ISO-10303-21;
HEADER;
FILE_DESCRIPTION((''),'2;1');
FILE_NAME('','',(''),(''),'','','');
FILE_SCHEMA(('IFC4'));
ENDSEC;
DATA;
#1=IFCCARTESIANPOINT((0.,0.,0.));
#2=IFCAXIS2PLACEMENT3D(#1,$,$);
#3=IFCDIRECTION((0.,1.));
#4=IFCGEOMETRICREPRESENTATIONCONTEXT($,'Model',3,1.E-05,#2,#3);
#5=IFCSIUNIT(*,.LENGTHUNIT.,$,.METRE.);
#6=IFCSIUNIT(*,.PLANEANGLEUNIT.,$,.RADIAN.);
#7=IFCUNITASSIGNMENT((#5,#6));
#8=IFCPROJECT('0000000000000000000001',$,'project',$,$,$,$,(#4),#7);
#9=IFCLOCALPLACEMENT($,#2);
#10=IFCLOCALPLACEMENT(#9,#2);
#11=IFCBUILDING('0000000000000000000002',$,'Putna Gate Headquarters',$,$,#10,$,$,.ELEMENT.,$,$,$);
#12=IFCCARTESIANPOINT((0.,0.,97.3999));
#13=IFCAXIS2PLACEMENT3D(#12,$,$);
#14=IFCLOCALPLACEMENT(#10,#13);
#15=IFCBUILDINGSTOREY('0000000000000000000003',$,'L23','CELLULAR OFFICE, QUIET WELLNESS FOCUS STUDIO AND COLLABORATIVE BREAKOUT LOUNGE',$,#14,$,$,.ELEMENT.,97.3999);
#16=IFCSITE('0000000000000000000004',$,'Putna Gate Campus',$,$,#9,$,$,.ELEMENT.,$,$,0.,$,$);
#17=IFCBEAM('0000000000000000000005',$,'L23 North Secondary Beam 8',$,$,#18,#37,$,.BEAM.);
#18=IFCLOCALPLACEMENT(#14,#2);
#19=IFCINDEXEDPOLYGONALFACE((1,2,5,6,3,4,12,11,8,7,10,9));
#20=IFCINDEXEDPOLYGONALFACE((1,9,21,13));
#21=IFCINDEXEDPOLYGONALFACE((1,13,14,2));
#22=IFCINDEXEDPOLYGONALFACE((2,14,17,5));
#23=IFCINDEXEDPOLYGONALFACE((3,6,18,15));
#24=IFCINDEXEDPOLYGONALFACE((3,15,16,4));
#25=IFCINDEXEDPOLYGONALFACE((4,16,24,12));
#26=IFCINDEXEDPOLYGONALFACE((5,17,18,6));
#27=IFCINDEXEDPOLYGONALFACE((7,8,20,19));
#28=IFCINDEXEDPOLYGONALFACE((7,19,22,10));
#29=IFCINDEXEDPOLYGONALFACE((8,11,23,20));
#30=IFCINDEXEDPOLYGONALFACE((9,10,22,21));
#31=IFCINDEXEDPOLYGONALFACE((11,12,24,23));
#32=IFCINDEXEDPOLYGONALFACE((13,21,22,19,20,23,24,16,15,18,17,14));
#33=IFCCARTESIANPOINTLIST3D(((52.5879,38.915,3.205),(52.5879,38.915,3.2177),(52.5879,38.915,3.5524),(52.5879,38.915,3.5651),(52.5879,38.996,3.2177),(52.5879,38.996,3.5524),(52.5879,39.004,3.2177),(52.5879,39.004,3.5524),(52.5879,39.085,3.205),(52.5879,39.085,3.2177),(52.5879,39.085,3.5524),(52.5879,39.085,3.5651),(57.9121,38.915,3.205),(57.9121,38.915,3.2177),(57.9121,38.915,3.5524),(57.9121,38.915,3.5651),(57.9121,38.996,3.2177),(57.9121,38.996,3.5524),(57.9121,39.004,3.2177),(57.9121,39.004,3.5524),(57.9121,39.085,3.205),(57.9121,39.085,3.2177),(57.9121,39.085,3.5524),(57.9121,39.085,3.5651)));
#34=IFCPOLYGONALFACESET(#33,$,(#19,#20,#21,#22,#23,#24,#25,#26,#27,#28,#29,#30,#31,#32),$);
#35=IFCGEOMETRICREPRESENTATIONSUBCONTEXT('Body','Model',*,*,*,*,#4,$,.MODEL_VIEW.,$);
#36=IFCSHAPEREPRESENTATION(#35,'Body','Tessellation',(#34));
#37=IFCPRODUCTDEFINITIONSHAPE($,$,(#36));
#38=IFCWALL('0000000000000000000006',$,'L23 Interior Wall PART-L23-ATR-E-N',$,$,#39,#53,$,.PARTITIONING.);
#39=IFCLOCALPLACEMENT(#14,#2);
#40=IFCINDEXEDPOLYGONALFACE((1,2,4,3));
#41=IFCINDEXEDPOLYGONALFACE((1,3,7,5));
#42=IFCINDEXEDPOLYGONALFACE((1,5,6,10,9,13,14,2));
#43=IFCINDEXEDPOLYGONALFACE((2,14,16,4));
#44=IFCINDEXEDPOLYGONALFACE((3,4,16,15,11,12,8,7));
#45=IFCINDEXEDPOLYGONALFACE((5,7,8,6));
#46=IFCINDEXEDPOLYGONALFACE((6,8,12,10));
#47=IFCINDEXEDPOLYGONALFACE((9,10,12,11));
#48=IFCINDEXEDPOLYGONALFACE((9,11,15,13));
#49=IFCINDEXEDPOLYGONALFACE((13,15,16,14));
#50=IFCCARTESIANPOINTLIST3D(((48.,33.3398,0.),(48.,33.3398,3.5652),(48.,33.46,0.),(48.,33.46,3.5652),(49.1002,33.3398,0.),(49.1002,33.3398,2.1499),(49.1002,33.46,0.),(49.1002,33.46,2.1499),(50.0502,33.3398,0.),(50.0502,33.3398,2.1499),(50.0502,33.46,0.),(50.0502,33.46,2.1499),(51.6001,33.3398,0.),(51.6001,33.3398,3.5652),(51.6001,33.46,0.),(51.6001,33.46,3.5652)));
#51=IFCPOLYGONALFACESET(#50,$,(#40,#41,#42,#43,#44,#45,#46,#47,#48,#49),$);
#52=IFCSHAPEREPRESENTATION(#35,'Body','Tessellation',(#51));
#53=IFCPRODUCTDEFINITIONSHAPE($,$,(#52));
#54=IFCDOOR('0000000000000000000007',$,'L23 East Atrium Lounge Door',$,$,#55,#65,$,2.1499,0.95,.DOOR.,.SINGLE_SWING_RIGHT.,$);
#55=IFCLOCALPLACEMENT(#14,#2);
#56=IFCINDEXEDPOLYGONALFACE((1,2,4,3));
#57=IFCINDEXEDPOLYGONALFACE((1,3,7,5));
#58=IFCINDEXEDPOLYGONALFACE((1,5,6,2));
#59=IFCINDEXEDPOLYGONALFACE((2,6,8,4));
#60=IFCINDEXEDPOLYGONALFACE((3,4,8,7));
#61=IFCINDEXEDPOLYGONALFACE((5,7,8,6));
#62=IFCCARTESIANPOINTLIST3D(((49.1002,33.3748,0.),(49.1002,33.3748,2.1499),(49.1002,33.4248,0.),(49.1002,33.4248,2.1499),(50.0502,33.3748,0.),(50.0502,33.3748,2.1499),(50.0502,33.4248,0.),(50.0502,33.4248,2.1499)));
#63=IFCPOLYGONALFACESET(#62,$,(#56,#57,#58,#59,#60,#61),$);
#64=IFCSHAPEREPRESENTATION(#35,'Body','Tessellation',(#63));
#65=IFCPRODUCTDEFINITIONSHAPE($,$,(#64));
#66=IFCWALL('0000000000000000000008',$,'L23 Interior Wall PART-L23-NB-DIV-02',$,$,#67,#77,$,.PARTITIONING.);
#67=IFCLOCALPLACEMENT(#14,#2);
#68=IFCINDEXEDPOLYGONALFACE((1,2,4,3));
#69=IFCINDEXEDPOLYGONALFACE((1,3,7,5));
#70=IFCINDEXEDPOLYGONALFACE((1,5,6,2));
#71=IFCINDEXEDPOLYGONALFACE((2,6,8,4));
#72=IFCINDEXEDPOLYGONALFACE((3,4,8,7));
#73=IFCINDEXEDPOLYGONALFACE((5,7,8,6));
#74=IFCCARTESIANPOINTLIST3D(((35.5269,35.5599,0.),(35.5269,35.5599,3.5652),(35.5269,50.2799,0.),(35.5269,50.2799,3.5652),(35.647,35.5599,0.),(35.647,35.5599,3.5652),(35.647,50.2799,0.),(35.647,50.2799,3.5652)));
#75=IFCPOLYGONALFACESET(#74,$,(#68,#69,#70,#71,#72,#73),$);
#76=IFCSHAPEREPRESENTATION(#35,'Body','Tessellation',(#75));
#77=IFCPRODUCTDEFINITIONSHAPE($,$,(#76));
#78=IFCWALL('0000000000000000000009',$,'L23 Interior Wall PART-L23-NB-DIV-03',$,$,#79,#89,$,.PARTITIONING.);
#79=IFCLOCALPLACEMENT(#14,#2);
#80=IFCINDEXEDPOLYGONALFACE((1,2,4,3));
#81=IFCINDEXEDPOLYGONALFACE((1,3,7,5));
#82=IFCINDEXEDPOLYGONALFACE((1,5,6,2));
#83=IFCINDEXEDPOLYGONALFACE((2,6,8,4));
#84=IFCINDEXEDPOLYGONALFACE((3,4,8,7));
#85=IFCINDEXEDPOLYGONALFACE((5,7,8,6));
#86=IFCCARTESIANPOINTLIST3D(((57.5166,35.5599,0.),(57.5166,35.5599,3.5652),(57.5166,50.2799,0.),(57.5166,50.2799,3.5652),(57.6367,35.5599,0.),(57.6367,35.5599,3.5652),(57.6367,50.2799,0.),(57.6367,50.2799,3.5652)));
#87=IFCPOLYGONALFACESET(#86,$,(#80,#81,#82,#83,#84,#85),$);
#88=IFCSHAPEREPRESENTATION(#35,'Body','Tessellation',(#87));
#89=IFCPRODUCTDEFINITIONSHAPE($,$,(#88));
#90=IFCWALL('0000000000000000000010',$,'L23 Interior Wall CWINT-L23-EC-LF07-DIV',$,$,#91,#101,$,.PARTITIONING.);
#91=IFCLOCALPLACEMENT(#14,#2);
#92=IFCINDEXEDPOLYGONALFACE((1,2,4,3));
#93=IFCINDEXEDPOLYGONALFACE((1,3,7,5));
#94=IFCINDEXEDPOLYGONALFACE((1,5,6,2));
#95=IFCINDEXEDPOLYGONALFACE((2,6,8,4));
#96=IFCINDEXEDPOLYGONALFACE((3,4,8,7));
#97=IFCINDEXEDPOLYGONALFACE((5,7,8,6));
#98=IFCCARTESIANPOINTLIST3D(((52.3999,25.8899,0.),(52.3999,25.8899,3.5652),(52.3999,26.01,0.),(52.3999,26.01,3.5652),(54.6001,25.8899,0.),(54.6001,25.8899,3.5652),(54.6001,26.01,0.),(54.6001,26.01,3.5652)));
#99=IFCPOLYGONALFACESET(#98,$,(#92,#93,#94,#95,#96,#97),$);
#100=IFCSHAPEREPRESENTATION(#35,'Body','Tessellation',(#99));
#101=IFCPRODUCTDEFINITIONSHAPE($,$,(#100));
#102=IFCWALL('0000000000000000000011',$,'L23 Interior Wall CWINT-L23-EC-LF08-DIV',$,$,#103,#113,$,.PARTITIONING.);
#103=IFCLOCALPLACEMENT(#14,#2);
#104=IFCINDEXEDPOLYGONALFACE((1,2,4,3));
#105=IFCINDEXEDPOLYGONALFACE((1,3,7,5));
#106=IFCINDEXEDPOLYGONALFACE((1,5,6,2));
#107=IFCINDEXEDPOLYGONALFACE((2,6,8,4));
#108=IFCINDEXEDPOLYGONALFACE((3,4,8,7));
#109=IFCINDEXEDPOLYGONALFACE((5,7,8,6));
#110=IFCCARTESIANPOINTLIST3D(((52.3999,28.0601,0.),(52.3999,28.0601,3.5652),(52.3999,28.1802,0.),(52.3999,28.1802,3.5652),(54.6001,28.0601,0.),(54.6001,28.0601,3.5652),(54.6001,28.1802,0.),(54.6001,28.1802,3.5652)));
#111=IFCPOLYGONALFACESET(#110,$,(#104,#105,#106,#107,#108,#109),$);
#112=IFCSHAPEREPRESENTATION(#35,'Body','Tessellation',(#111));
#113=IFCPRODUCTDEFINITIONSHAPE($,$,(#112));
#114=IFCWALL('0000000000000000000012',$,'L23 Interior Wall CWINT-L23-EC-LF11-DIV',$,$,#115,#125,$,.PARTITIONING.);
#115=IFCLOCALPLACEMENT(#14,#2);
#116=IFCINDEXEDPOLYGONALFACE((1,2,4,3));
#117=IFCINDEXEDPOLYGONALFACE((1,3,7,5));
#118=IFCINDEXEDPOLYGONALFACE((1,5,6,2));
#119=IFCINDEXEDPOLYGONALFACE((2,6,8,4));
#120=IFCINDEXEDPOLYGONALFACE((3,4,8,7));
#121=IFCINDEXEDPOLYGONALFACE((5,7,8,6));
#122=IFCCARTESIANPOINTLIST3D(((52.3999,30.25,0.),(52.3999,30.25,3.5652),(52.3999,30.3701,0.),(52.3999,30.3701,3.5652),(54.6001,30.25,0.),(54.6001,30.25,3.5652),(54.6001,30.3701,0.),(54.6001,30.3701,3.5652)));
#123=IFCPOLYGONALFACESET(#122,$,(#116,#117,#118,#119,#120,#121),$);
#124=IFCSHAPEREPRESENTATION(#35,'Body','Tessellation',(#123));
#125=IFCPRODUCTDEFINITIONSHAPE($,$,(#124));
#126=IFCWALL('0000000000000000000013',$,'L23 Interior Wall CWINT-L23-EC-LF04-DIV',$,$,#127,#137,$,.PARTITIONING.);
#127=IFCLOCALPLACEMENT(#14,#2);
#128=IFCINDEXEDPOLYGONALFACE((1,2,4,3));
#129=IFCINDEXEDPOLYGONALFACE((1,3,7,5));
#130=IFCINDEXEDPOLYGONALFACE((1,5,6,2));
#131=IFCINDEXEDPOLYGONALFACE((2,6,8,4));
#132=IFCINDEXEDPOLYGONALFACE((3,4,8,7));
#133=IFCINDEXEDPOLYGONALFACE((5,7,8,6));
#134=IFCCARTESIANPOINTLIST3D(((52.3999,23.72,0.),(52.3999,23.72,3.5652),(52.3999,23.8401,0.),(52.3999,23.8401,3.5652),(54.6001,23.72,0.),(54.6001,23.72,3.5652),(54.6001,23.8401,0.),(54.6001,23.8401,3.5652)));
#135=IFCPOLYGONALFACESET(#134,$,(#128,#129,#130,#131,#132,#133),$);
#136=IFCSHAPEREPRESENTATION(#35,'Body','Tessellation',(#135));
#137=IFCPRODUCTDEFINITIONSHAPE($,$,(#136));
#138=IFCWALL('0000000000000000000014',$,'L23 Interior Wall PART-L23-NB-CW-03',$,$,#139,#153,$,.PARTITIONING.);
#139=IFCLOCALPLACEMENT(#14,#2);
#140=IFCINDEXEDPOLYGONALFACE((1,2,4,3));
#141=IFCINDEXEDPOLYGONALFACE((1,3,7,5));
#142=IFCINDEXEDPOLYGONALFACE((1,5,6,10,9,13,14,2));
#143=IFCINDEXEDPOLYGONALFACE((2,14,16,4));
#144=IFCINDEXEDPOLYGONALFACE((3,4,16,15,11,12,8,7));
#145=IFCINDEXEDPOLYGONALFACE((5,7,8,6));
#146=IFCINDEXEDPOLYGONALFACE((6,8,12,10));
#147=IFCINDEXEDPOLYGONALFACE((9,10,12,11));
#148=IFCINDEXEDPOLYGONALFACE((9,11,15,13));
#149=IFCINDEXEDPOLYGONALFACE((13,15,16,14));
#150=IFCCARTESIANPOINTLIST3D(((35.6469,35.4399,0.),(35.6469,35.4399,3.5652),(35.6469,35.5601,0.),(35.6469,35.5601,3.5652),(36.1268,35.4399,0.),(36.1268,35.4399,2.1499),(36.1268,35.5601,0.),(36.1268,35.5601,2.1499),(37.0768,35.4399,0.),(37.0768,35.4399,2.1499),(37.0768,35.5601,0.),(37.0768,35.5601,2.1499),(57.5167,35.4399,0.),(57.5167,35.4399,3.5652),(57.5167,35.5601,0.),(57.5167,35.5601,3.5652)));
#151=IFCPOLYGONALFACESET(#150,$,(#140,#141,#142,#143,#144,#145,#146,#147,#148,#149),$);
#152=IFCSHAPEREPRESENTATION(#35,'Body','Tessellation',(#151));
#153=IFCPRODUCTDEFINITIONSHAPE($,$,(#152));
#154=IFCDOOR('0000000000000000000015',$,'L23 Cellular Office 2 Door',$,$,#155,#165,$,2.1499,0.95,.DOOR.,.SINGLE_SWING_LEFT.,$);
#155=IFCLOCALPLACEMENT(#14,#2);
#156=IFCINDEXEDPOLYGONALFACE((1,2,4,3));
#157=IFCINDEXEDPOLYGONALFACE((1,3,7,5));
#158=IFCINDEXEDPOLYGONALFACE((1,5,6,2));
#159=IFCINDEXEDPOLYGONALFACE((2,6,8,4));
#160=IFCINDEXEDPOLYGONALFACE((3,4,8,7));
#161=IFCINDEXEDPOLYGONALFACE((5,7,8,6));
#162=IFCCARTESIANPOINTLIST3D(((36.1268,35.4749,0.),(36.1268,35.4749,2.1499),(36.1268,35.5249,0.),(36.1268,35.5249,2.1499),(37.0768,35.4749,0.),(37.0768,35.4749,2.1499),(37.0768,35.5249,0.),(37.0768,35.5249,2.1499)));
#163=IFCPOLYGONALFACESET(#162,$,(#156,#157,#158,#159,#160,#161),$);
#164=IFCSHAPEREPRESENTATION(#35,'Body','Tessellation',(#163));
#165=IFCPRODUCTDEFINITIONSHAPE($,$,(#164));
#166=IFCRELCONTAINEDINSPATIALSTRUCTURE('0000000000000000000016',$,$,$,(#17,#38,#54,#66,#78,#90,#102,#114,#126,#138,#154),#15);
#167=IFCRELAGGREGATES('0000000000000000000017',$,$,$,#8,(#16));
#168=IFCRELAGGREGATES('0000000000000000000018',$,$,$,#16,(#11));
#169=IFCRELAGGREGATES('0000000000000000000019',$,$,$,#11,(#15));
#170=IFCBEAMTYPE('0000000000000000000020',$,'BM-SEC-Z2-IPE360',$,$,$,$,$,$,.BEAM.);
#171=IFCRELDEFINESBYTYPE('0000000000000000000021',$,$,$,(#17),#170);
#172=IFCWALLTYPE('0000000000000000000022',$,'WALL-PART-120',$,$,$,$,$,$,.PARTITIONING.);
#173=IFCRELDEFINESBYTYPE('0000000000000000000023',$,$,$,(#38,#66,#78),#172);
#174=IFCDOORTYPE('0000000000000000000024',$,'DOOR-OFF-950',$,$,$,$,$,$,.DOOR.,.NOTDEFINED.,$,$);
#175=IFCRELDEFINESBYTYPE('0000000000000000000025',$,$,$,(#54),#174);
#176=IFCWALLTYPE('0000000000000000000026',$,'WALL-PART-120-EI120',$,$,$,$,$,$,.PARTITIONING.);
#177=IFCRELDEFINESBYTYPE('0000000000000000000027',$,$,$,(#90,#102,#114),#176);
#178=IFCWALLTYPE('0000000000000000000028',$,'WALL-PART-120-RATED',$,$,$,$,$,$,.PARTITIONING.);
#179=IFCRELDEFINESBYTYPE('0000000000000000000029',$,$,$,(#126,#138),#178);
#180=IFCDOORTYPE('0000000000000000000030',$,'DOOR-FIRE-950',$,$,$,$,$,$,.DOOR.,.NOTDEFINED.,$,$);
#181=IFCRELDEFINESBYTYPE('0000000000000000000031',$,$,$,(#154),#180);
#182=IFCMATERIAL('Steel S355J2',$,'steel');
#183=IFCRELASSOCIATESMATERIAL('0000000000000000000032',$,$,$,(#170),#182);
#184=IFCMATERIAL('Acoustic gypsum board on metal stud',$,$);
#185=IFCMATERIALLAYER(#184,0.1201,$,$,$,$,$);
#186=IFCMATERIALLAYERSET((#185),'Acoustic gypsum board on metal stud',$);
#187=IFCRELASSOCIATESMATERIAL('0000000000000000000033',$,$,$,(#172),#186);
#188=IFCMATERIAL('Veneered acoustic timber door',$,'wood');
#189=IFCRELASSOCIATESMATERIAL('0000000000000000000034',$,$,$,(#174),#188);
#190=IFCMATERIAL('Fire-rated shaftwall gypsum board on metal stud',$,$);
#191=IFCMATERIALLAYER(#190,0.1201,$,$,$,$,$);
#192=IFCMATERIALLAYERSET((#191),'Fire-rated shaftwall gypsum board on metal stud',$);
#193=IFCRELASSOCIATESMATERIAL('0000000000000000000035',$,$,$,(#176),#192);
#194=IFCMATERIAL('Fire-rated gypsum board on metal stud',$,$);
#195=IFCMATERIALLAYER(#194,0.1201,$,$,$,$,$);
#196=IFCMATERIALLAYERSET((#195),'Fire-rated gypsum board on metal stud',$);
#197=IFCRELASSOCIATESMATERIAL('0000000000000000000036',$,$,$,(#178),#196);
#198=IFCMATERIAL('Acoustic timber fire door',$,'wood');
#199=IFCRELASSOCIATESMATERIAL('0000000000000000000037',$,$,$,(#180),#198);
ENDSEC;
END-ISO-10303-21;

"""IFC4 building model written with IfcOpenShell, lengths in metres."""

from ifc_helpers import new_model, si_unit, direction, frame, frame_2d, origin, origin_2d, place, context, subcontext, project, spatial, rectangle, i_section, extrude, material, layer, layer_set, material_profile, profile_set, type_object, element, fill, save


model = new_model("IFC4")

# Units and contexts
model_context = context("Model", 3, precision=1e-05, world=origin(), true_north=direction((0.0, 1.0)))
body_context = subcontext(model_context, "Body", "Model", "MODEL_VIEW")
ifc_project = project(units=[si_unit("LENGTHUNIT", "METRE"), si_unit("PLANEANGLEUNIT", "RADIAN")], contexts=[model_context])

# Site, building, storey
site_placement = place(None, origin())
site = spatial("IfcSite", under=ifc_project, at=site_placement, Name="Putna Gate Campus", CompositionType="ELEMENT", RefElevation=0.0)
building_placement = place(site_placement, origin())
building = spatial("IfcBuilding", under=site, at=building_placement, Name="Putna Gate Headquarters", CompositionType="ELEMENT")
storey_placement = place(building_placement, frame((0.0, 0.0, 97.3999)))
storey = spatial("IfcBuildingStorey", under=building, at=storey_placement, Name="L23", Description="CELLULAR OFFICE, QUIET WELLNESS FOCUS STUDIO AND COLLABORATIVE BREAKOUT LOUNGE", CompositionType="ELEMENT", Elevation=97.3999)

# Beam
ifc_material_1 = material(Name="Steel S355J2", Category="steel")
ifc_material_profile_1 = material_profile(ifc_material_1, i_section(OverallWidth=0.1699, OverallDepth=0.3601, WebThickness=0.0081, FlangeThickness=0.0127, at=origin_2d()), Name="Steel S355J2")
ifc_profile_set_1 = profile_set([ifc_material_profile_1], Name="Steel S355J2")
beam_type_1 = type_object("IfcBeamType", Name="BM-SEC-Z2-IPE360", PredefinedType="BEAM", material=ifc_profile_set_1)
beam_1_placement = place(storey_placement, frame((52.5879, 39.0, 3.385), z_axis=(1.0, 0.0, 0.0), x_axis=(0.0, 1.0, 0.0)))
element("IfcBeam", 1, at=beam_1_placement, inside=storey, type_object=beam_type_1, Name="L23 North Secondary Beam 8", PredefinedType="BEAM", context=body_context, shape_type="SweptSolid", body=[
    extrude(i_section(OverallWidth=0.1699, OverallDepth=0.3601, WebThickness=0.0081, FlangeThickness=0.0127, at=origin_2d()), origin(), (0.0, 0.0, 1.0), 5.3242),
])

# Wall, opening, door
ifc_material_2 = material(Name="Acoustic gypsum board on metal stud")
ifc_layer_1 = layer(ifc_material_2, 0.1201)
ifc_layer_set_1 = layer_set([ifc_layer_1], Name="Acoustic gypsum board on metal stud")
wall_type_1 = type_object("IfcWallType", Name="WALL-PART-120", PredefinedType="PARTITIONING", material=ifc_layer_set_1)
wall_1_placement = place(storey_placement, frame((48.0, 33.3999, 0.0), z_axis=(0.0, 0.0, 1.0), x_axis=(1.0, 0.0, 0.0)))
wall_1 = element("IfcWall", 2, at=wall_1_placement, inside=storey, type_object=wall_type_1, Name="L23 Interior Wall PART-L23-ATR-E-N", PredefinedType="PARTITIONING", context=body_context, shape_type="SweptSolid", body=[
    extrude(rectangle(XDim=3.6001, YDim=0.1201, at=frame_2d((1.8, 0.0))), origin(), (0.0, 0.0, 1.0), 3.5652),
])
opening_1_placement = place(wall_1_placement, frame((1.1001, 0.0, 0.0)))
opening_1 = element("IfcOpeningElement", 3, at=opening_1_placement, cuts=wall_1, PredefinedType="OPENING", context=body_context, shape_type="SweptSolid", body=[
    extrude(rectangle(XDim=0.95, YDim=2.1499, at=frame_2d((0.4751, 1.075))), frame((0.0, 0.0701, 0.0), z_axis=(0.0, -1.0, 0.0), x_axis=(1.0, 0.0, 0.0)), (0.0, 0.0, 1.0), 0.1401),
])
ifc_material_3 = material(Name="Veneered acoustic timber door", Category="wood")
door_type_1 = type_object("IfcDoorType", Name="DOOR-OFF-950", OperationType="NOTDEFINED", PredefinedType="DOOR", material=ifc_material_3)
door_1_placement = place(opening_1_placement, origin())
door_1 = element("IfcDoor", 4, at=door_1_placement, inside=storey, type_object=door_type_1, Name="L23 East Atrium Lounge Door", OperationType="SINGLE_SWING_RIGHT", OverallHeight=2.1499, OverallWidth=0.95, PredefinedType="DOOR", context=body_context, shape_type="SweptSolid", body=[
    extrude(rectangle(XDim=0.95, YDim=2.1499, at=frame_2d((0.4751, 1.075))), frame((0.0, 0.0249, 0.0), z_axis=(0.0, -1.0, 0.0), x_axis=(1.0, 0.0, 0.0)), (0.0, 0.0, 1.0), 0.05),
])
fill(opening_1, door_1)

# Walls
for number, where, z_axis, x_axis, name in (
    (5, (35.5869, 35.5601, 0.0), (0.0, 0.0, 1.0), (0.0, 1.0, 0.0), "L23 Interior Wall PART-L23-NB-DIV-02"),
    (6, (57.5767, 35.5601, 0.0), (0.0, 0.0, 1.0), (0.0, 1.0, 0.0), "L23 Interior Wall PART-L23-NB-DIV-03"),
):
    element("IfcWall", number, at=place(storey_placement, frame(where, z_axis=z_axis, x_axis=x_axis)), inside=storey, type_object=wall_type_1, Name=name, PredefinedType="PARTITIONING", context=body_context, shape_type="SweptSolid", body=[
        extrude(rectangle(XDim=14.72, YDim=0.1201, at=frame_2d((7.3599, 0.0))), origin(), (0.0, 0.0, 1.0), 3.5652),
    ])
ifc_material_4 = material(Name="Fire-rated shaftwall gypsum board on metal stud")
ifc_layer_2 = layer(ifc_material_4, 0.1201)
ifc_layer_set_2 = layer_set([ifc_layer_2], Name="Fire-rated shaftwall gypsum board on metal stud")
wall_type_2 = type_object("IfcWallType", Name="WALL-PART-120-EI120", PredefinedType="PARTITIONING", material=ifc_layer_set_2)
for number, where, z_axis, x_axis, name in (
    (7, (52.3999, 25.95, 0.0), (0.0, 0.0, 1.0), (1.0, 0.0, 0.0), "L23 Interior Wall CWINT-L23-EC-LF07-DIV"),
    (8, (52.3999, 28.1201, 0.0), (0.0, 0.0, 1.0), (1.0, 0.0, 0.0), "L23 Interior Wall CWINT-L23-EC-LF08-DIV"),
    (9, (52.3999, 30.3101, 0.0), (0.0, 0.0, 1.0), (1.0, 0.0, 0.0), "L23 Interior Wall CWINT-L23-EC-LF11-DIV"),
):
    element("IfcWall", number, at=place(storey_placement, frame(where, z_axis=z_axis, x_axis=x_axis)), inside=storey, type_object=wall_type_2, Name=name, PredefinedType="PARTITIONING", context=body_context, shape_type="SweptSolid", body=[
        extrude(rectangle(XDim=2.2002, YDim=0.1201, at=frame_2d((1.1001, 0.0))), origin(), (0.0, 0.0, 1.0), 3.5652),
    ])
ifc_material_5 = material(Name="Fire-rated gypsum board on metal stud")
ifc_layer_3 = layer(ifc_material_5, 0.1201)
ifc_layer_set_3 = layer_set([ifc_layer_3], Name="Fire-rated gypsum board on metal stud")
wall_type_3 = type_object("IfcWallType", Name="WALL-PART-120-RATED", PredefinedType="PARTITIONING", material=ifc_layer_set_3)
wall_2_placement = place(storey_placement, frame((52.3999, 23.78, 0.0), z_axis=(0.0, 0.0, 1.0), x_axis=(1.0, 0.0, 0.0)))
element("IfcWall", 10, at=wall_2_placement, inside=storey, type_object=wall_type_3, Name="L23 Interior Wall CWINT-L23-EC-LF04-DIV", PredefinedType="PARTITIONING", context=body_context, shape_type="SweptSolid", body=[
    extrude(rectangle(XDim=2.2002, YDim=0.1201, at=frame_2d((1.1001, 0.0))), origin(), (0.0, 0.0, 1.0), 3.5652),
])

# Wall, opening, door
wall_3_placement = place(storey_placement, frame((35.6467, 35.5, 0.0), z_axis=(0.0, 0.0, 1.0), x_axis=(1.0, 0.0, 0.0)))
wall_3 = element("IfcWall", 11, at=wall_3_placement, inside=storey, type_object=wall_type_3, Name="L23 Interior Wall PART-L23-NB-CW-03", PredefinedType="PARTITIONING", context=body_context, shape_type="SweptSolid", body=[
    extrude(rectangle(XDim=21.8699, YDim=0.1201, at=frame_2d((10.9351, 0.0))), origin(), (0.0, 0.0, 1.0), 3.5652),
])
opening_2_placement = place(wall_3_placement, frame((0.48, 0.0, 0.0)))
opening_2 = element("IfcOpeningElement", 12, at=opening_2_placement, cuts=wall_3, PredefinedType="OPENING", context=body_context, shape_type="SweptSolid", body=[
    extrude(rectangle(XDim=0.95, YDim=2.1499, at=frame_2d((0.4751, 1.075))), frame((0.0, 0.0701, 0.0), z_axis=(0.0, -1.0, 0.0), x_axis=(1.0, 0.0, 0.0)), (0.0, 0.0, 1.0), 0.1401),
])
ifc_material_6 = material(Name="Acoustic timber fire door", Category="wood")
door_type_2 = type_object("IfcDoorType", Name="DOOR-FIRE-950", OperationType="NOTDEFINED", PredefinedType="DOOR", material=ifc_material_6)
door_2_placement = place(opening_2_placement, origin())
door_2 = element("IfcDoor", 13, at=door_2_placement, inside=storey, type_object=door_type_2, Name="L23 Cellular Office 2 Door", OperationType="SINGLE_SWING_LEFT", OverallHeight=2.1499, OverallWidth=0.95, PredefinedType="DOOR", context=body_context, shape_type="SweptSolid", body=[
    extrude(rectangle(XDim=0.95, YDim=2.1499, at=frame_2d((0.4751, 1.075))), frame((0.0, 0.0249, 0.0), z_axis=(0.0, -1.0, 0.0), x_axis=(1.0, 0.0, 0.0)), (0.0, 0.0, 1.0), 0.05),
])
fill(opening_2, door_2)

save(model, "model.ifc")
